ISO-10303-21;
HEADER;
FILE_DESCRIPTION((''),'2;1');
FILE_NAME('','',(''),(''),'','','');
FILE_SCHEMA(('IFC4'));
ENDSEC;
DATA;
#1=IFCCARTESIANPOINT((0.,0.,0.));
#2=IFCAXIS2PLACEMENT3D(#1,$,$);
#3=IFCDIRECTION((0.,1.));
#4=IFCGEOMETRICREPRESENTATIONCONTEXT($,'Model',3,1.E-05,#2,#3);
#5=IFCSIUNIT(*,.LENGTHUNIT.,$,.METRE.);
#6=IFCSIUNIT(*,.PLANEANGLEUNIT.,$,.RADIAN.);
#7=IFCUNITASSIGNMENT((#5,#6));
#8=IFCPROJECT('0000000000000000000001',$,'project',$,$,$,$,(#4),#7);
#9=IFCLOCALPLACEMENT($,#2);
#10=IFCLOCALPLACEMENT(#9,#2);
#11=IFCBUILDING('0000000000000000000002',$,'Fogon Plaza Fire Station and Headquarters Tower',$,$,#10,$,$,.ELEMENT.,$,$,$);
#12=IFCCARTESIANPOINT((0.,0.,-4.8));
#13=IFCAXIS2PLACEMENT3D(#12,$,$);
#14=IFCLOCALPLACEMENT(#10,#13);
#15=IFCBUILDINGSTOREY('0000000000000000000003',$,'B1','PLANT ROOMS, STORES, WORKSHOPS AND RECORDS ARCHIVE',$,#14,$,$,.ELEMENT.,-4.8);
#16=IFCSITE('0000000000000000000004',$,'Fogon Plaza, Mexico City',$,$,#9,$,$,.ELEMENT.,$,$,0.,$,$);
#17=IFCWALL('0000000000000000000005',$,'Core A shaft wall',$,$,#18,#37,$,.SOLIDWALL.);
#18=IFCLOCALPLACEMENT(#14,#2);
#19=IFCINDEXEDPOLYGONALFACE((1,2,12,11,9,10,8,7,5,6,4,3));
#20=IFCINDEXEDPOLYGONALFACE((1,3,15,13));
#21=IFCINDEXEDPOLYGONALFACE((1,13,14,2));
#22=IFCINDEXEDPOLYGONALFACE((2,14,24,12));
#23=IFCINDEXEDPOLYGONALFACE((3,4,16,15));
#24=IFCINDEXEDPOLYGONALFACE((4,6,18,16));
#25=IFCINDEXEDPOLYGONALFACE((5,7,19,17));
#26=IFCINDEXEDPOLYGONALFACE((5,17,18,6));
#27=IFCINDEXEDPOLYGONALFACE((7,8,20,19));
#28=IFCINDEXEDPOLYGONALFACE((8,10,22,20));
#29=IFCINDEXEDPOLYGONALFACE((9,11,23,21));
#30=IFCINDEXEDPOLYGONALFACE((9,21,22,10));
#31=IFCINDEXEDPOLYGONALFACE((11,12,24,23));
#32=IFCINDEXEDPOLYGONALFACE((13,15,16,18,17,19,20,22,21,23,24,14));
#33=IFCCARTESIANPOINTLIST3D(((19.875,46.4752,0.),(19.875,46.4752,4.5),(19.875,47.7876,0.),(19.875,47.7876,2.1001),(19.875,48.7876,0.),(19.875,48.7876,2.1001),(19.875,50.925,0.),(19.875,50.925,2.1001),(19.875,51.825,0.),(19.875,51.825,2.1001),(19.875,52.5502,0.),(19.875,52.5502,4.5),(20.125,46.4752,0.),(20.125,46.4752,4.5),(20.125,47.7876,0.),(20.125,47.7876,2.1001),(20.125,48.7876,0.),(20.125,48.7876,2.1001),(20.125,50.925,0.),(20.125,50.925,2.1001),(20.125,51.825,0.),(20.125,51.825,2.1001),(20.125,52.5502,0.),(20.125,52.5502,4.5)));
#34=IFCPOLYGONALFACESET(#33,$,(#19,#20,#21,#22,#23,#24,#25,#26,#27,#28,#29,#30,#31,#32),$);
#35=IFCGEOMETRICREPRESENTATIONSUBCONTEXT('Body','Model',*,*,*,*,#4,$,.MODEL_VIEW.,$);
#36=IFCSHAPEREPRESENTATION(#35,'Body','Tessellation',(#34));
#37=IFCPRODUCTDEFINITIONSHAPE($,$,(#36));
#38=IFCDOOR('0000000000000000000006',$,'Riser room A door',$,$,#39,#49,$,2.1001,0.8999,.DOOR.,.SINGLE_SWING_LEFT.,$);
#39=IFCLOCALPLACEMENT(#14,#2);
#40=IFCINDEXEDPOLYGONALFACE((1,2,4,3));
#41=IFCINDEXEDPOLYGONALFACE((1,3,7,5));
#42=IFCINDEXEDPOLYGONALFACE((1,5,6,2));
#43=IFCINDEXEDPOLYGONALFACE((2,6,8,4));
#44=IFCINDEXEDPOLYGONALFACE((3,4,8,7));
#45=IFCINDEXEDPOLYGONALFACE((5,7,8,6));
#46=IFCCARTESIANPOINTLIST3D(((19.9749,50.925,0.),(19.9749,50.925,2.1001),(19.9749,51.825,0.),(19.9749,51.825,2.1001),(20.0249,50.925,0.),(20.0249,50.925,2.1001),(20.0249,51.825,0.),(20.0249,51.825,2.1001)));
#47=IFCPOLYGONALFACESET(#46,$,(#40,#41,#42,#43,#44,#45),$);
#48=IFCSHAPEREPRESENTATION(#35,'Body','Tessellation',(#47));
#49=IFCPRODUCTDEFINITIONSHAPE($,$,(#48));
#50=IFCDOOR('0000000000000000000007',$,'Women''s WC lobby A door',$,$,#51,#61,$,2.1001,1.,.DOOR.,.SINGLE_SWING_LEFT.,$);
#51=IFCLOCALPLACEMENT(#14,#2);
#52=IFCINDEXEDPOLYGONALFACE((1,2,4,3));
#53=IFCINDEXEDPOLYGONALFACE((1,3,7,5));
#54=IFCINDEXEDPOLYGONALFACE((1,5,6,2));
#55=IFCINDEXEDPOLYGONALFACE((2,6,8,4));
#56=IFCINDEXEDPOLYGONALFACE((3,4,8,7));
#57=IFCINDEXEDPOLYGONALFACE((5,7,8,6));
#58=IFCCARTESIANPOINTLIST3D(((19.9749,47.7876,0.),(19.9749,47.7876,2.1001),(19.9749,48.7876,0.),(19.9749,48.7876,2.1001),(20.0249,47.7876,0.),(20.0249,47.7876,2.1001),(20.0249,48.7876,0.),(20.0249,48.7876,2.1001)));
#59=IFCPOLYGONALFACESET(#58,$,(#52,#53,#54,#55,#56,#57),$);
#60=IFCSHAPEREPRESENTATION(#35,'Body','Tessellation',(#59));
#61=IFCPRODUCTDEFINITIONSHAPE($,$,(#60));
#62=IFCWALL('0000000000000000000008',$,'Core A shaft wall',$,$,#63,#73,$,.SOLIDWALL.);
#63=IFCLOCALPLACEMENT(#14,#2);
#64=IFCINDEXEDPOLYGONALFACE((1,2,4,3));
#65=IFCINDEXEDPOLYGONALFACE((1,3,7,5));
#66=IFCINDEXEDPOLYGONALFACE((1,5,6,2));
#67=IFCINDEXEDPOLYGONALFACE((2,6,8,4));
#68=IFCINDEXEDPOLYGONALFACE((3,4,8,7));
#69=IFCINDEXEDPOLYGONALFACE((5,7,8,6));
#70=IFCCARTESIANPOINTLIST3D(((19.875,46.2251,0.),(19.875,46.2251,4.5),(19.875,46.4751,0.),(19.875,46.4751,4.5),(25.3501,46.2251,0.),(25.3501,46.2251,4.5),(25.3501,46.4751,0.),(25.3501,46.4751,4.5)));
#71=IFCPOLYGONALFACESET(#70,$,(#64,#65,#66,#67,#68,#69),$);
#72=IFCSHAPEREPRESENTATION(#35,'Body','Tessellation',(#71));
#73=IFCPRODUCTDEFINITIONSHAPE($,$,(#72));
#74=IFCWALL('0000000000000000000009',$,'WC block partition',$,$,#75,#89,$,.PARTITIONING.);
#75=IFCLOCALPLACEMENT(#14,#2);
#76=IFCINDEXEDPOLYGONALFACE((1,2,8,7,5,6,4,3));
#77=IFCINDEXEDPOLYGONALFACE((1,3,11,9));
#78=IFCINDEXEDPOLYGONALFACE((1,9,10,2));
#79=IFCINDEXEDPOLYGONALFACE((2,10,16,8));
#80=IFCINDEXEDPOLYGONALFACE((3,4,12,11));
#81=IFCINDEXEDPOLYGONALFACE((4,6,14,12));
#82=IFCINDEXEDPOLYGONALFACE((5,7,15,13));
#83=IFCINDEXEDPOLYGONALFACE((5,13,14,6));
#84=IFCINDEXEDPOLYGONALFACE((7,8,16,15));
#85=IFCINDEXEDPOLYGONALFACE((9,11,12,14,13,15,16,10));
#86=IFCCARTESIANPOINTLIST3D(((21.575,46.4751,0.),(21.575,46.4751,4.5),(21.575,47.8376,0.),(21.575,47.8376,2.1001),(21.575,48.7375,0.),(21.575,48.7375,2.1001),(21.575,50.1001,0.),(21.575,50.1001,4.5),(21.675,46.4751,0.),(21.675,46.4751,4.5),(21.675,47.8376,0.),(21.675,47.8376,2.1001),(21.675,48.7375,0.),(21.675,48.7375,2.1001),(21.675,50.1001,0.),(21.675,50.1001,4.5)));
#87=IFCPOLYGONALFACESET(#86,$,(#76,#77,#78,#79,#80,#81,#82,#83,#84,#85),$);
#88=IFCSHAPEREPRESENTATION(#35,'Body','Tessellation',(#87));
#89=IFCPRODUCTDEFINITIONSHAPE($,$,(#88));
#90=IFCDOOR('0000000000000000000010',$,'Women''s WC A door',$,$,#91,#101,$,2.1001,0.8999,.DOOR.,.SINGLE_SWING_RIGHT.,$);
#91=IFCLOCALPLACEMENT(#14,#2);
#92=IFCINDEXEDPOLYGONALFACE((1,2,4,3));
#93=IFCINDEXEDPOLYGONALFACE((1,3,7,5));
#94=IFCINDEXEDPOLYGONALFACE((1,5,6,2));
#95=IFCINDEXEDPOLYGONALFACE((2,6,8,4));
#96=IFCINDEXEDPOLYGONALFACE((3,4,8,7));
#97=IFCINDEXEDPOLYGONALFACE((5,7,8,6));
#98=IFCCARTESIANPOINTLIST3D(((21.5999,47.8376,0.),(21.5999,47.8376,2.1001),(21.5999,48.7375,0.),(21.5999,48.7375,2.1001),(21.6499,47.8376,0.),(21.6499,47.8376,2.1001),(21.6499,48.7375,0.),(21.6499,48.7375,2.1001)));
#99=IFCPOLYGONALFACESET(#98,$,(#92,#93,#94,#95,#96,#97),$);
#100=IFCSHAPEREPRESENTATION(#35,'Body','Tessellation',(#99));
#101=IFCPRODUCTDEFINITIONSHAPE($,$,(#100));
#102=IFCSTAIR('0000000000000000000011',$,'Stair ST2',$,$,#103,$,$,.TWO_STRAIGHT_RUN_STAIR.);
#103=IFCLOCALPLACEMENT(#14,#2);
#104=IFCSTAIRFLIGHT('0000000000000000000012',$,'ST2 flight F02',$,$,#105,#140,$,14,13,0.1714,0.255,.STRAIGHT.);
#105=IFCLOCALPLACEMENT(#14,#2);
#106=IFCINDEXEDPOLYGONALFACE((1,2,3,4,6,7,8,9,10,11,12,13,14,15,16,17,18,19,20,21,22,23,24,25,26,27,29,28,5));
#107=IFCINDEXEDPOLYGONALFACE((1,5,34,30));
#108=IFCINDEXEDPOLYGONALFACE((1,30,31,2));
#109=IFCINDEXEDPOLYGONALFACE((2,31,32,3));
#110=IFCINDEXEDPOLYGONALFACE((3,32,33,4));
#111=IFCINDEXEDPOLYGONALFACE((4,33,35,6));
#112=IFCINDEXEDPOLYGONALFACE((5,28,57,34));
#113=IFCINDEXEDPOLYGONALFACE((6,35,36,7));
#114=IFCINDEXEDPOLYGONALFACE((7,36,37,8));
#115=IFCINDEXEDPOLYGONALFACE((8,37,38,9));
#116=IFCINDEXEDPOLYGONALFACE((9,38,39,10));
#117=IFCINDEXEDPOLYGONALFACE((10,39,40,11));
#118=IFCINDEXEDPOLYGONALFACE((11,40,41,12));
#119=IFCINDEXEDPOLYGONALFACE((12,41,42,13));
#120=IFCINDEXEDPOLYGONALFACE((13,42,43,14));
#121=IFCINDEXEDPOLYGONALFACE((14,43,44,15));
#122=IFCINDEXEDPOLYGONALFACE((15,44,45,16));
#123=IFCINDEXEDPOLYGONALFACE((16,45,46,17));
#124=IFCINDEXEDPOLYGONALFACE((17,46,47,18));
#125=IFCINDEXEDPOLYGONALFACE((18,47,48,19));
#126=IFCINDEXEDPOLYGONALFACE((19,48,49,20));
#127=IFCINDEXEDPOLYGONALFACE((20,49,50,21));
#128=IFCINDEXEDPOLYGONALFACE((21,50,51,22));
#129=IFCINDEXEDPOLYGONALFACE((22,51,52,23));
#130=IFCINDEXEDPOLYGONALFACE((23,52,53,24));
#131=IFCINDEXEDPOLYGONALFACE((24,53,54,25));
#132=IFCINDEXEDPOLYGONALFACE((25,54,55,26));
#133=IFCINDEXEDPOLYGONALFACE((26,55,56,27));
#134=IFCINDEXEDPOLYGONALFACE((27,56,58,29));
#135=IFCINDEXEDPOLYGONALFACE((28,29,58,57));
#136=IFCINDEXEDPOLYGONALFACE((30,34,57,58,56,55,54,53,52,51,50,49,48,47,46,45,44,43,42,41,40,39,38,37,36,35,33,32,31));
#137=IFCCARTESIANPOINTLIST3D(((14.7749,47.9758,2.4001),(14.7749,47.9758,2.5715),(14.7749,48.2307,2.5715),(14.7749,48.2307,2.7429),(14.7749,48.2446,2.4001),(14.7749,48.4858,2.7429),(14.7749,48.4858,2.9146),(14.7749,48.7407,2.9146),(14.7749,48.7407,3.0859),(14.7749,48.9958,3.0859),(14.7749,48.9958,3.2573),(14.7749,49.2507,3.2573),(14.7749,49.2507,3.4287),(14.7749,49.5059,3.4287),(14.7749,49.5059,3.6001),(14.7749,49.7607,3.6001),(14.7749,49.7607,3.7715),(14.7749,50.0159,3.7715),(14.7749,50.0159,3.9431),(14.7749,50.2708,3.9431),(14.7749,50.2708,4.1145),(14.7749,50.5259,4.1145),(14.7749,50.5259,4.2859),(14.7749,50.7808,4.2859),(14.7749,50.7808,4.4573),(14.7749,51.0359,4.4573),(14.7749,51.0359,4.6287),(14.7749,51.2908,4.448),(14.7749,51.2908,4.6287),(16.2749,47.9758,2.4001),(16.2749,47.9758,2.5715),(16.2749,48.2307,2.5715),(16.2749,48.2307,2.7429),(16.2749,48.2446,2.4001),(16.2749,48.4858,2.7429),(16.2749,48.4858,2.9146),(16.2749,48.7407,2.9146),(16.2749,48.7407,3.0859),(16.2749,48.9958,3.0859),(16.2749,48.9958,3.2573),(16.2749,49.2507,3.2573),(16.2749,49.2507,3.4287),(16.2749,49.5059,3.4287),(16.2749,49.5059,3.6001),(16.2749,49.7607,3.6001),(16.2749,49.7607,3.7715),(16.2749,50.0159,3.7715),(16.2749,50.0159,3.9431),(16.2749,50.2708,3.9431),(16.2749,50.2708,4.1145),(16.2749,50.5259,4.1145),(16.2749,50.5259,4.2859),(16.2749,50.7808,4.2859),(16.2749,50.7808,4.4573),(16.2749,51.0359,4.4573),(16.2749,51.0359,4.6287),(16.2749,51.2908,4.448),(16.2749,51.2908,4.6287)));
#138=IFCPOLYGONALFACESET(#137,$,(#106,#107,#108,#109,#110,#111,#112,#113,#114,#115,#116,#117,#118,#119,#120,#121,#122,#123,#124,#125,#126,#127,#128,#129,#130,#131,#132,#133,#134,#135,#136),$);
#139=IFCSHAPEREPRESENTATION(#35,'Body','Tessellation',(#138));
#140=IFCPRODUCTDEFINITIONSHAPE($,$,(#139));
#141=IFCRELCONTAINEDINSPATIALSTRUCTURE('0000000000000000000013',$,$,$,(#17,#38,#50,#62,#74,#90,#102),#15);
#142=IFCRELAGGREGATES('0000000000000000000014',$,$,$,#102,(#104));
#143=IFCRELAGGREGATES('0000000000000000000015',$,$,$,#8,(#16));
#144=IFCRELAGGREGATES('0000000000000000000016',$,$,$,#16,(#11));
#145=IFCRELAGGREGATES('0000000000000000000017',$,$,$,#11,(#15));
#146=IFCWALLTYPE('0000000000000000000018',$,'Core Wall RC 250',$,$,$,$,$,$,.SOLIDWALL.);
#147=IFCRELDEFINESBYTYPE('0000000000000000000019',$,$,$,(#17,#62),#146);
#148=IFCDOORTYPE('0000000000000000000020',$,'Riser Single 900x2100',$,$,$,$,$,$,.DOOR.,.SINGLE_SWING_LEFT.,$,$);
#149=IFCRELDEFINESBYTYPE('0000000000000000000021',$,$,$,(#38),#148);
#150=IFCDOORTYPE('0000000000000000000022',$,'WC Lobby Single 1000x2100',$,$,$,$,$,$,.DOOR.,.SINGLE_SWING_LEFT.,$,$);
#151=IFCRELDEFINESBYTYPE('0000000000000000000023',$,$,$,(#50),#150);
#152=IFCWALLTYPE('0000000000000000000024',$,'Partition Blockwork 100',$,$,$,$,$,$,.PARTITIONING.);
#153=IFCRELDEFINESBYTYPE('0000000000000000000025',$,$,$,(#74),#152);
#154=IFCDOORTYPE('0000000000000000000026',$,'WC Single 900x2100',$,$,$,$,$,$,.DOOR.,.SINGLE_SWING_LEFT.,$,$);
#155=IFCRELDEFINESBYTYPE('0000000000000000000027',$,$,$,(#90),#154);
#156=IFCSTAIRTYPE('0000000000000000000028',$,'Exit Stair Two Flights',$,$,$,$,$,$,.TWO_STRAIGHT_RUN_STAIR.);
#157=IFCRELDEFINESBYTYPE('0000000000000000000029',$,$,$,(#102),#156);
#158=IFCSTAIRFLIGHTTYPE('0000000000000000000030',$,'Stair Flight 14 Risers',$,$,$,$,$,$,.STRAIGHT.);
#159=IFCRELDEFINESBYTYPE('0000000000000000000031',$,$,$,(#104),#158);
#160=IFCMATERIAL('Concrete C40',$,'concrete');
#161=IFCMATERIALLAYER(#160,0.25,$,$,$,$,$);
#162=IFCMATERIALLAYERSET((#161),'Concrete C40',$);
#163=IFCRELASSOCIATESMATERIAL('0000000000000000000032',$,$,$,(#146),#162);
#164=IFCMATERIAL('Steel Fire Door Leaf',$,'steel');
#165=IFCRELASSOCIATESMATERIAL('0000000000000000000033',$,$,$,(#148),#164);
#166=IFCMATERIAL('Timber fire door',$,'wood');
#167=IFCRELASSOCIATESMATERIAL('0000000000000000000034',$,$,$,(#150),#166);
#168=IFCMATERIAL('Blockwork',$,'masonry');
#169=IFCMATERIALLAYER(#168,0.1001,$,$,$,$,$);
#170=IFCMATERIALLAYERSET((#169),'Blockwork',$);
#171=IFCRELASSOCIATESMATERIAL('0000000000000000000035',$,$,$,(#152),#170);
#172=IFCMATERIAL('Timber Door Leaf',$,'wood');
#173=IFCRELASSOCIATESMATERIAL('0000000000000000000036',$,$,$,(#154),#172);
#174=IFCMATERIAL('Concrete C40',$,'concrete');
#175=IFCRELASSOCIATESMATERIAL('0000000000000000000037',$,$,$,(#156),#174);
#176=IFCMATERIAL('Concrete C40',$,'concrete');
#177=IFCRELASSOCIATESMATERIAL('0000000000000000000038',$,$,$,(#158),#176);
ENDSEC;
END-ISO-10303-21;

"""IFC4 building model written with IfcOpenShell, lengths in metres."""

from ifc_helpers import new_model, si_unit, direction, frame, frame_2d, origin, place, context, subcontext, project, spatial, polyline, rectangle, outline, extrude, material, layer, layer_set, type_object, element, fill, aggregate, save


model = new_model("IFC4")

# Units and contexts
model_context = context("Model", 3, precision=1e-05, world=origin(), true_north=direction((0.0, 1.0)))
body_context = subcontext(model_context, "Body", "Model", "MODEL_VIEW")
ifc_project = project(units=[si_unit("LENGTHUNIT", "METRE"), si_unit("PLANEANGLEUNIT", "RADIAN")], contexts=[model_context])

# Site, building, storey
site_placement = place(None, origin())
site = spatial("IfcSite", under=ifc_project, at=site_placement, Name="Fogon Plaza, Mexico City", CompositionType="ELEMENT", RefElevation=0.0)
building_placement = place(site_placement, origin())
building = spatial("IfcBuilding", under=site, at=building_placement, Name="Fogon Plaza Fire Station and Headquarters Tower", CompositionType="ELEMENT")
storey_placement = place(building_placement, frame((0.0, 0.0, -4.8)))
storey = spatial("IfcBuildingStorey", under=building, at=storey_placement, Name="B1", Description="PLANT ROOMS, STORES, WORKSHOPS AND RECORDS ARCHIVE", CompositionType="ELEMENT", Elevation=-4.8)

# Shared definitions
ifc_material_1 = material(Name="Concrete C40", Category="concrete")
ifc_layer_1 = layer(ifc_material_1, 0.25)
ifc_layer_set_1 = layer_set([ifc_layer_1], Name="Concrete C40")
wall_type_1 = type_object("IfcWallType", Name="Core Wall RC 250", PredefinedType="SOLIDWALL", material=ifc_layer_set_1)

# Wall, openings, doors
wall_1_placement = place(storey_placement, frame((20.0, 46.4751, 0.0), z_axis=(0.0, 0.0, 1.0), x_axis=(0.0, 1.0, 0.0)))
wall_1 = element("IfcWall", 1, at=wall_1_placement, inside=storey, type_object=wall_type_1, Name="Core A shaft wall", PredefinedType="SOLIDWALL", context=body_context, shape_type="SweptSolid", body=[
    extrude(rectangle(XDim=6.075, YDim=0.25, at=frame_2d((3.0376, 0.0))), origin(), (0.0, 0.0, 1.0), 4.5),
])
opening_1_placement = place(wall_1_placement, frame((1.3125, 0.0, 0.0)))
opening_1 = element("IfcOpeningElement", 2, at=opening_1_placement, cuts=wall_1, PredefinedType="OPENING", context=body_context, shape_type="SweptSolid", body=[
    extrude(rectangle(XDim=1.0, YDim=2.1001, at=frame_2d((0.5, 1.05))), frame((0.0, 0.135, 0.0), z_axis=(0.0, -1.0, 0.0), x_axis=(1.0, 0.0, 0.0)), (0.0, 0.0, 1.0), 0.27),
])
opening_2_placement = place(wall_1_placement, frame((4.45, 0.0, 0.0)))
opening_2 = element("IfcOpeningElement", 3, at=opening_2_placement, cuts=wall_1, PredefinedType="OPENING", context=body_context, shape_type="SweptSolid", body=[
    extrude(rectangle(XDim=0.8999, YDim=2.1001, at=frame_2d((0.45, 1.05))), frame((0.0, 0.135, 0.0), z_axis=(0.0, -1.0, 0.0), x_axis=(1.0, 0.0, 0.0)), (0.0, 0.0, 1.0), 0.27),
])
ifc_material_2 = material(Name="Steel Fire Door Leaf", Category="steel")
door_type_1 = type_object("IfcDoorType", Name="Riser Single 900x2100", OperationType="SINGLE_SWING_LEFT", PredefinedType="DOOR", material=ifc_material_2)
door_1_placement = place(opening_2_placement, frame((0.8999, 0.0, 0.0), z_axis=(0.0, 0.0, 1.0), x_axis=(-1.0, 0.0, 0.0)))
door_1 = element("IfcDoor", 4, at=door_1_placement, inside=storey, type_object=door_type_1, Name="Riser room A door", OperationType="SINGLE_SWING_LEFT", OverallHeight=2.1001, OverallWidth=0.8999, PredefinedType="DOOR", context=body_context, shape_type="SweptSolid", body=[
    extrude(rectangle(XDim=0.8999, YDim=2.1001, at=frame_2d((0.45, 1.05))), frame((0.0, 0.0249, 0.0), z_axis=(0.0, -1.0, 0.0), x_axis=(1.0, 0.0, 0.0)), (0.0, 0.0, 1.0), 0.05),
])
fill(opening_2, door_1)
ifc_material_3 = material(Name="Timber fire door", Category="wood")
door_type_2 = type_object("IfcDoorType", Name="WC Lobby Single 1000x2100", OperationType="SINGLE_SWING_LEFT", PredefinedType="DOOR", material=ifc_material_3)
door_2_placement = place(opening_1_placement, frame((1.0, 0.0, 0.0), z_axis=(0.0, 0.0, 1.0), x_axis=(-1.0, 0.0, 0.0)))
door_2 = element("IfcDoor", 5, at=door_2_placement, inside=storey, type_object=door_type_2, Name="Women's WC lobby A door", OperationType="SINGLE_SWING_LEFT", OverallHeight=2.1001, OverallWidth=1.0, PredefinedType="DOOR", context=body_context, shape_type="SweptSolid", body=[
    extrude(rectangle(XDim=1.0, YDim=2.1001, at=frame_2d((0.5, 1.05))), frame((0.0, 0.0249, 0.0), z_axis=(0.0, -1.0, 0.0), x_axis=(1.0, 0.0, 0.0)), (0.0, 0.0, 1.0), 0.05),
])
fill(opening_1, door_2)

# Wall
wall_2_placement = place(storey_placement, frame((19.875, 46.3501, 0.0), z_axis=(0.0, 0.0, 1.0), x_axis=(1.0, 0.0, 0.0)))
element("IfcWall", 6, at=wall_2_placement, inside=storey, type_object=wall_type_1, Name="Core A shaft wall", PredefinedType="SOLIDWALL", context=body_context, shape_type="SweptSolid", body=[
    extrude(rectangle(XDim=5.4751, YDim=0.25, at=frame_2d((2.7375, 0.0))), origin(), (0.0, 0.0, 1.0), 4.5),
])

# Wall, opening, door
ifc_material_4 = material(Name="Blockwork", Category="masonry")
ifc_layer_2 = layer(ifc_material_4, 0.1001)
ifc_layer_set_2 = layer_set([ifc_layer_2], Name="Blockwork")
wall_type_2 = type_object("IfcWallType", Name="Partition Blockwork 100", PredefinedType="PARTITIONING", material=ifc_layer_set_2)
wall_3_placement = place(storey_placement, frame((21.625, 46.4751, 0.0), z_axis=(0.0, 0.0, 1.0), x_axis=(0.0, 1.0, 0.0)))
wall_3 = element("IfcWall", 7, at=wall_3_placement, inside=storey, type_object=wall_type_2, Name="WC block partition", PredefinedType="PARTITIONING", context=body_context, shape_type="SweptSolid", body=[
    extrude(rectangle(XDim=3.625, YDim=0.1001, at=frame_2d((1.8125, 0.0))), origin(), (0.0, 0.0, 1.0), 4.5),
])
opening_3_placement = place(wall_3_placement, frame((1.3625, 0.0, 0.0)))
opening_3 = element("IfcOpeningElement", 8, at=opening_3_placement, cuts=wall_3, PredefinedType="OPENING", context=body_context, shape_type="SweptSolid", body=[
    extrude(rectangle(XDim=0.8999, YDim=2.1001, at=frame_2d((0.45, 1.05))), frame((0.0, 0.0601, 0.0), z_axis=(0.0, -1.0, 0.0), x_axis=(1.0, 0.0, 0.0)), (0.0, 0.0, 1.0), 0.1201),
])
ifc_material_5 = material(Name="Timber Door Leaf", Category="wood")
door_type_3 = type_object("IfcDoorType", Name="WC Single 900x2100", OperationType="SINGLE_SWING_LEFT", PredefinedType="DOOR", material=ifc_material_5)
door_3_placement = place(opening_3_placement, frame((0.8999, 0.0, 0.0), z_axis=(0.0, 0.0, 1.0), x_axis=(-1.0, 0.0, 0.0)))
door_3 = element("IfcDoor", 9, at=door_3_placement, inside=storey, type_object=door_type_3, Name="Women's WC A door", OperationType="SINGLE_SWING_RIGHT", OverallHeight=2.1001, OverallWidth=0.8999, PredefinedType="DOOR", context=body_context, shape_type="SweptSolid", body=[
    extrude(rectangle(XDim=0.8999, YDim=2.1001, at=frame_2d((0.45, 1.05))), frame((0.0, 0.0249, 0.0), z_axis=(0.0, -1.0, 0.0), x_axis=(1.0, 0.0, 0.0)), (0.0, 0.0, 1.0), 0.05),
])
fill(opening_3, door_3)

# Stair, stair flight
ifc_material_6 = material(Name="Concrete C40", Category="concrete")
stair_type = type_object("IfcStairType", Name="Exit Stair Two Flights", PredefinedType="TWO_STRAIGHT_RUN_STAIR", material=ifc_material_6)
stair_placement = place(storey_placement, origin())
stair = element("IfcStair", 10, at=stair_placement, inside=storey, type_object=stair_type, Name="Stair ST2", PredefinedType="TWO_STRAIGHT_RUN_STAIR")
ifc_material_7 = material(Name="Concrete C40", Category="concrete")
stair_flight_type = type_object("IfcStairFlightType", Name="Stair Flight 14 Risers", PredefinedType="STRAIGHT", material=ifc_material_7)
stair_flight_placement = place(storey_placement, frame((15.5249, 47.9758, 2.4001), z_axis=(0.0, 0.0, 1.0), x_axis=(0.0, 1.0, 0.0)))
stair_flight = element("IfcStairFlight", 11, at=stair_flight_placement, type_object=stair_flight_type, Name="ST2 flight F02", NumberOfRisers=14, NumberOfTreads=13, PredefinedType="STRAIGHT", RiserHeight=0.1714, TreadLength=0.255, context=body_context, shape_type="SweptSolid", body=[
    extrude(outline(polyline([(0.0, 0.0), (0.0, 0.1714), (0.2549, 0.1714), (0.2549, 0.3428), (0.51, 0.3428), (0.51, 0.5144), (0.7649, 0.5144), (0.7649, 0.6858), (1.02, 0.6858), (1.02, 0.8572), (1.2749, 0.8572), (1.2749, 1.0286), (1.53, 1.0286), (1.53, 1.2), (1.7849, 1.2), (1.7849, 1.3713), (2.04, 1.3713), (2.04, 1.543), (2.2949, 1.543), (2.2949, 1.7144), (2.55, 1.7144), (2.55, 1.8857), (2.8049, 1.8857), (2.8049, 2.0571), (3.0601, 2.0571), (3.0601, 2.2285), (3.3149, 2.2285), (3.3149, 2.3999), (3.3149, 2.0479), (0.2688, 0.0), (0.0, 0.0)])), frame((0.0, 0.75, 0.0), z_axis=(0.0, -1.0, 0.0), x_axis=(1.0, 0.0, 0.0)), (0.0, 0.0, 1.0), 1.5),
])
aggregate(stair, [stair_flight])

save(model, "model.ifc")
